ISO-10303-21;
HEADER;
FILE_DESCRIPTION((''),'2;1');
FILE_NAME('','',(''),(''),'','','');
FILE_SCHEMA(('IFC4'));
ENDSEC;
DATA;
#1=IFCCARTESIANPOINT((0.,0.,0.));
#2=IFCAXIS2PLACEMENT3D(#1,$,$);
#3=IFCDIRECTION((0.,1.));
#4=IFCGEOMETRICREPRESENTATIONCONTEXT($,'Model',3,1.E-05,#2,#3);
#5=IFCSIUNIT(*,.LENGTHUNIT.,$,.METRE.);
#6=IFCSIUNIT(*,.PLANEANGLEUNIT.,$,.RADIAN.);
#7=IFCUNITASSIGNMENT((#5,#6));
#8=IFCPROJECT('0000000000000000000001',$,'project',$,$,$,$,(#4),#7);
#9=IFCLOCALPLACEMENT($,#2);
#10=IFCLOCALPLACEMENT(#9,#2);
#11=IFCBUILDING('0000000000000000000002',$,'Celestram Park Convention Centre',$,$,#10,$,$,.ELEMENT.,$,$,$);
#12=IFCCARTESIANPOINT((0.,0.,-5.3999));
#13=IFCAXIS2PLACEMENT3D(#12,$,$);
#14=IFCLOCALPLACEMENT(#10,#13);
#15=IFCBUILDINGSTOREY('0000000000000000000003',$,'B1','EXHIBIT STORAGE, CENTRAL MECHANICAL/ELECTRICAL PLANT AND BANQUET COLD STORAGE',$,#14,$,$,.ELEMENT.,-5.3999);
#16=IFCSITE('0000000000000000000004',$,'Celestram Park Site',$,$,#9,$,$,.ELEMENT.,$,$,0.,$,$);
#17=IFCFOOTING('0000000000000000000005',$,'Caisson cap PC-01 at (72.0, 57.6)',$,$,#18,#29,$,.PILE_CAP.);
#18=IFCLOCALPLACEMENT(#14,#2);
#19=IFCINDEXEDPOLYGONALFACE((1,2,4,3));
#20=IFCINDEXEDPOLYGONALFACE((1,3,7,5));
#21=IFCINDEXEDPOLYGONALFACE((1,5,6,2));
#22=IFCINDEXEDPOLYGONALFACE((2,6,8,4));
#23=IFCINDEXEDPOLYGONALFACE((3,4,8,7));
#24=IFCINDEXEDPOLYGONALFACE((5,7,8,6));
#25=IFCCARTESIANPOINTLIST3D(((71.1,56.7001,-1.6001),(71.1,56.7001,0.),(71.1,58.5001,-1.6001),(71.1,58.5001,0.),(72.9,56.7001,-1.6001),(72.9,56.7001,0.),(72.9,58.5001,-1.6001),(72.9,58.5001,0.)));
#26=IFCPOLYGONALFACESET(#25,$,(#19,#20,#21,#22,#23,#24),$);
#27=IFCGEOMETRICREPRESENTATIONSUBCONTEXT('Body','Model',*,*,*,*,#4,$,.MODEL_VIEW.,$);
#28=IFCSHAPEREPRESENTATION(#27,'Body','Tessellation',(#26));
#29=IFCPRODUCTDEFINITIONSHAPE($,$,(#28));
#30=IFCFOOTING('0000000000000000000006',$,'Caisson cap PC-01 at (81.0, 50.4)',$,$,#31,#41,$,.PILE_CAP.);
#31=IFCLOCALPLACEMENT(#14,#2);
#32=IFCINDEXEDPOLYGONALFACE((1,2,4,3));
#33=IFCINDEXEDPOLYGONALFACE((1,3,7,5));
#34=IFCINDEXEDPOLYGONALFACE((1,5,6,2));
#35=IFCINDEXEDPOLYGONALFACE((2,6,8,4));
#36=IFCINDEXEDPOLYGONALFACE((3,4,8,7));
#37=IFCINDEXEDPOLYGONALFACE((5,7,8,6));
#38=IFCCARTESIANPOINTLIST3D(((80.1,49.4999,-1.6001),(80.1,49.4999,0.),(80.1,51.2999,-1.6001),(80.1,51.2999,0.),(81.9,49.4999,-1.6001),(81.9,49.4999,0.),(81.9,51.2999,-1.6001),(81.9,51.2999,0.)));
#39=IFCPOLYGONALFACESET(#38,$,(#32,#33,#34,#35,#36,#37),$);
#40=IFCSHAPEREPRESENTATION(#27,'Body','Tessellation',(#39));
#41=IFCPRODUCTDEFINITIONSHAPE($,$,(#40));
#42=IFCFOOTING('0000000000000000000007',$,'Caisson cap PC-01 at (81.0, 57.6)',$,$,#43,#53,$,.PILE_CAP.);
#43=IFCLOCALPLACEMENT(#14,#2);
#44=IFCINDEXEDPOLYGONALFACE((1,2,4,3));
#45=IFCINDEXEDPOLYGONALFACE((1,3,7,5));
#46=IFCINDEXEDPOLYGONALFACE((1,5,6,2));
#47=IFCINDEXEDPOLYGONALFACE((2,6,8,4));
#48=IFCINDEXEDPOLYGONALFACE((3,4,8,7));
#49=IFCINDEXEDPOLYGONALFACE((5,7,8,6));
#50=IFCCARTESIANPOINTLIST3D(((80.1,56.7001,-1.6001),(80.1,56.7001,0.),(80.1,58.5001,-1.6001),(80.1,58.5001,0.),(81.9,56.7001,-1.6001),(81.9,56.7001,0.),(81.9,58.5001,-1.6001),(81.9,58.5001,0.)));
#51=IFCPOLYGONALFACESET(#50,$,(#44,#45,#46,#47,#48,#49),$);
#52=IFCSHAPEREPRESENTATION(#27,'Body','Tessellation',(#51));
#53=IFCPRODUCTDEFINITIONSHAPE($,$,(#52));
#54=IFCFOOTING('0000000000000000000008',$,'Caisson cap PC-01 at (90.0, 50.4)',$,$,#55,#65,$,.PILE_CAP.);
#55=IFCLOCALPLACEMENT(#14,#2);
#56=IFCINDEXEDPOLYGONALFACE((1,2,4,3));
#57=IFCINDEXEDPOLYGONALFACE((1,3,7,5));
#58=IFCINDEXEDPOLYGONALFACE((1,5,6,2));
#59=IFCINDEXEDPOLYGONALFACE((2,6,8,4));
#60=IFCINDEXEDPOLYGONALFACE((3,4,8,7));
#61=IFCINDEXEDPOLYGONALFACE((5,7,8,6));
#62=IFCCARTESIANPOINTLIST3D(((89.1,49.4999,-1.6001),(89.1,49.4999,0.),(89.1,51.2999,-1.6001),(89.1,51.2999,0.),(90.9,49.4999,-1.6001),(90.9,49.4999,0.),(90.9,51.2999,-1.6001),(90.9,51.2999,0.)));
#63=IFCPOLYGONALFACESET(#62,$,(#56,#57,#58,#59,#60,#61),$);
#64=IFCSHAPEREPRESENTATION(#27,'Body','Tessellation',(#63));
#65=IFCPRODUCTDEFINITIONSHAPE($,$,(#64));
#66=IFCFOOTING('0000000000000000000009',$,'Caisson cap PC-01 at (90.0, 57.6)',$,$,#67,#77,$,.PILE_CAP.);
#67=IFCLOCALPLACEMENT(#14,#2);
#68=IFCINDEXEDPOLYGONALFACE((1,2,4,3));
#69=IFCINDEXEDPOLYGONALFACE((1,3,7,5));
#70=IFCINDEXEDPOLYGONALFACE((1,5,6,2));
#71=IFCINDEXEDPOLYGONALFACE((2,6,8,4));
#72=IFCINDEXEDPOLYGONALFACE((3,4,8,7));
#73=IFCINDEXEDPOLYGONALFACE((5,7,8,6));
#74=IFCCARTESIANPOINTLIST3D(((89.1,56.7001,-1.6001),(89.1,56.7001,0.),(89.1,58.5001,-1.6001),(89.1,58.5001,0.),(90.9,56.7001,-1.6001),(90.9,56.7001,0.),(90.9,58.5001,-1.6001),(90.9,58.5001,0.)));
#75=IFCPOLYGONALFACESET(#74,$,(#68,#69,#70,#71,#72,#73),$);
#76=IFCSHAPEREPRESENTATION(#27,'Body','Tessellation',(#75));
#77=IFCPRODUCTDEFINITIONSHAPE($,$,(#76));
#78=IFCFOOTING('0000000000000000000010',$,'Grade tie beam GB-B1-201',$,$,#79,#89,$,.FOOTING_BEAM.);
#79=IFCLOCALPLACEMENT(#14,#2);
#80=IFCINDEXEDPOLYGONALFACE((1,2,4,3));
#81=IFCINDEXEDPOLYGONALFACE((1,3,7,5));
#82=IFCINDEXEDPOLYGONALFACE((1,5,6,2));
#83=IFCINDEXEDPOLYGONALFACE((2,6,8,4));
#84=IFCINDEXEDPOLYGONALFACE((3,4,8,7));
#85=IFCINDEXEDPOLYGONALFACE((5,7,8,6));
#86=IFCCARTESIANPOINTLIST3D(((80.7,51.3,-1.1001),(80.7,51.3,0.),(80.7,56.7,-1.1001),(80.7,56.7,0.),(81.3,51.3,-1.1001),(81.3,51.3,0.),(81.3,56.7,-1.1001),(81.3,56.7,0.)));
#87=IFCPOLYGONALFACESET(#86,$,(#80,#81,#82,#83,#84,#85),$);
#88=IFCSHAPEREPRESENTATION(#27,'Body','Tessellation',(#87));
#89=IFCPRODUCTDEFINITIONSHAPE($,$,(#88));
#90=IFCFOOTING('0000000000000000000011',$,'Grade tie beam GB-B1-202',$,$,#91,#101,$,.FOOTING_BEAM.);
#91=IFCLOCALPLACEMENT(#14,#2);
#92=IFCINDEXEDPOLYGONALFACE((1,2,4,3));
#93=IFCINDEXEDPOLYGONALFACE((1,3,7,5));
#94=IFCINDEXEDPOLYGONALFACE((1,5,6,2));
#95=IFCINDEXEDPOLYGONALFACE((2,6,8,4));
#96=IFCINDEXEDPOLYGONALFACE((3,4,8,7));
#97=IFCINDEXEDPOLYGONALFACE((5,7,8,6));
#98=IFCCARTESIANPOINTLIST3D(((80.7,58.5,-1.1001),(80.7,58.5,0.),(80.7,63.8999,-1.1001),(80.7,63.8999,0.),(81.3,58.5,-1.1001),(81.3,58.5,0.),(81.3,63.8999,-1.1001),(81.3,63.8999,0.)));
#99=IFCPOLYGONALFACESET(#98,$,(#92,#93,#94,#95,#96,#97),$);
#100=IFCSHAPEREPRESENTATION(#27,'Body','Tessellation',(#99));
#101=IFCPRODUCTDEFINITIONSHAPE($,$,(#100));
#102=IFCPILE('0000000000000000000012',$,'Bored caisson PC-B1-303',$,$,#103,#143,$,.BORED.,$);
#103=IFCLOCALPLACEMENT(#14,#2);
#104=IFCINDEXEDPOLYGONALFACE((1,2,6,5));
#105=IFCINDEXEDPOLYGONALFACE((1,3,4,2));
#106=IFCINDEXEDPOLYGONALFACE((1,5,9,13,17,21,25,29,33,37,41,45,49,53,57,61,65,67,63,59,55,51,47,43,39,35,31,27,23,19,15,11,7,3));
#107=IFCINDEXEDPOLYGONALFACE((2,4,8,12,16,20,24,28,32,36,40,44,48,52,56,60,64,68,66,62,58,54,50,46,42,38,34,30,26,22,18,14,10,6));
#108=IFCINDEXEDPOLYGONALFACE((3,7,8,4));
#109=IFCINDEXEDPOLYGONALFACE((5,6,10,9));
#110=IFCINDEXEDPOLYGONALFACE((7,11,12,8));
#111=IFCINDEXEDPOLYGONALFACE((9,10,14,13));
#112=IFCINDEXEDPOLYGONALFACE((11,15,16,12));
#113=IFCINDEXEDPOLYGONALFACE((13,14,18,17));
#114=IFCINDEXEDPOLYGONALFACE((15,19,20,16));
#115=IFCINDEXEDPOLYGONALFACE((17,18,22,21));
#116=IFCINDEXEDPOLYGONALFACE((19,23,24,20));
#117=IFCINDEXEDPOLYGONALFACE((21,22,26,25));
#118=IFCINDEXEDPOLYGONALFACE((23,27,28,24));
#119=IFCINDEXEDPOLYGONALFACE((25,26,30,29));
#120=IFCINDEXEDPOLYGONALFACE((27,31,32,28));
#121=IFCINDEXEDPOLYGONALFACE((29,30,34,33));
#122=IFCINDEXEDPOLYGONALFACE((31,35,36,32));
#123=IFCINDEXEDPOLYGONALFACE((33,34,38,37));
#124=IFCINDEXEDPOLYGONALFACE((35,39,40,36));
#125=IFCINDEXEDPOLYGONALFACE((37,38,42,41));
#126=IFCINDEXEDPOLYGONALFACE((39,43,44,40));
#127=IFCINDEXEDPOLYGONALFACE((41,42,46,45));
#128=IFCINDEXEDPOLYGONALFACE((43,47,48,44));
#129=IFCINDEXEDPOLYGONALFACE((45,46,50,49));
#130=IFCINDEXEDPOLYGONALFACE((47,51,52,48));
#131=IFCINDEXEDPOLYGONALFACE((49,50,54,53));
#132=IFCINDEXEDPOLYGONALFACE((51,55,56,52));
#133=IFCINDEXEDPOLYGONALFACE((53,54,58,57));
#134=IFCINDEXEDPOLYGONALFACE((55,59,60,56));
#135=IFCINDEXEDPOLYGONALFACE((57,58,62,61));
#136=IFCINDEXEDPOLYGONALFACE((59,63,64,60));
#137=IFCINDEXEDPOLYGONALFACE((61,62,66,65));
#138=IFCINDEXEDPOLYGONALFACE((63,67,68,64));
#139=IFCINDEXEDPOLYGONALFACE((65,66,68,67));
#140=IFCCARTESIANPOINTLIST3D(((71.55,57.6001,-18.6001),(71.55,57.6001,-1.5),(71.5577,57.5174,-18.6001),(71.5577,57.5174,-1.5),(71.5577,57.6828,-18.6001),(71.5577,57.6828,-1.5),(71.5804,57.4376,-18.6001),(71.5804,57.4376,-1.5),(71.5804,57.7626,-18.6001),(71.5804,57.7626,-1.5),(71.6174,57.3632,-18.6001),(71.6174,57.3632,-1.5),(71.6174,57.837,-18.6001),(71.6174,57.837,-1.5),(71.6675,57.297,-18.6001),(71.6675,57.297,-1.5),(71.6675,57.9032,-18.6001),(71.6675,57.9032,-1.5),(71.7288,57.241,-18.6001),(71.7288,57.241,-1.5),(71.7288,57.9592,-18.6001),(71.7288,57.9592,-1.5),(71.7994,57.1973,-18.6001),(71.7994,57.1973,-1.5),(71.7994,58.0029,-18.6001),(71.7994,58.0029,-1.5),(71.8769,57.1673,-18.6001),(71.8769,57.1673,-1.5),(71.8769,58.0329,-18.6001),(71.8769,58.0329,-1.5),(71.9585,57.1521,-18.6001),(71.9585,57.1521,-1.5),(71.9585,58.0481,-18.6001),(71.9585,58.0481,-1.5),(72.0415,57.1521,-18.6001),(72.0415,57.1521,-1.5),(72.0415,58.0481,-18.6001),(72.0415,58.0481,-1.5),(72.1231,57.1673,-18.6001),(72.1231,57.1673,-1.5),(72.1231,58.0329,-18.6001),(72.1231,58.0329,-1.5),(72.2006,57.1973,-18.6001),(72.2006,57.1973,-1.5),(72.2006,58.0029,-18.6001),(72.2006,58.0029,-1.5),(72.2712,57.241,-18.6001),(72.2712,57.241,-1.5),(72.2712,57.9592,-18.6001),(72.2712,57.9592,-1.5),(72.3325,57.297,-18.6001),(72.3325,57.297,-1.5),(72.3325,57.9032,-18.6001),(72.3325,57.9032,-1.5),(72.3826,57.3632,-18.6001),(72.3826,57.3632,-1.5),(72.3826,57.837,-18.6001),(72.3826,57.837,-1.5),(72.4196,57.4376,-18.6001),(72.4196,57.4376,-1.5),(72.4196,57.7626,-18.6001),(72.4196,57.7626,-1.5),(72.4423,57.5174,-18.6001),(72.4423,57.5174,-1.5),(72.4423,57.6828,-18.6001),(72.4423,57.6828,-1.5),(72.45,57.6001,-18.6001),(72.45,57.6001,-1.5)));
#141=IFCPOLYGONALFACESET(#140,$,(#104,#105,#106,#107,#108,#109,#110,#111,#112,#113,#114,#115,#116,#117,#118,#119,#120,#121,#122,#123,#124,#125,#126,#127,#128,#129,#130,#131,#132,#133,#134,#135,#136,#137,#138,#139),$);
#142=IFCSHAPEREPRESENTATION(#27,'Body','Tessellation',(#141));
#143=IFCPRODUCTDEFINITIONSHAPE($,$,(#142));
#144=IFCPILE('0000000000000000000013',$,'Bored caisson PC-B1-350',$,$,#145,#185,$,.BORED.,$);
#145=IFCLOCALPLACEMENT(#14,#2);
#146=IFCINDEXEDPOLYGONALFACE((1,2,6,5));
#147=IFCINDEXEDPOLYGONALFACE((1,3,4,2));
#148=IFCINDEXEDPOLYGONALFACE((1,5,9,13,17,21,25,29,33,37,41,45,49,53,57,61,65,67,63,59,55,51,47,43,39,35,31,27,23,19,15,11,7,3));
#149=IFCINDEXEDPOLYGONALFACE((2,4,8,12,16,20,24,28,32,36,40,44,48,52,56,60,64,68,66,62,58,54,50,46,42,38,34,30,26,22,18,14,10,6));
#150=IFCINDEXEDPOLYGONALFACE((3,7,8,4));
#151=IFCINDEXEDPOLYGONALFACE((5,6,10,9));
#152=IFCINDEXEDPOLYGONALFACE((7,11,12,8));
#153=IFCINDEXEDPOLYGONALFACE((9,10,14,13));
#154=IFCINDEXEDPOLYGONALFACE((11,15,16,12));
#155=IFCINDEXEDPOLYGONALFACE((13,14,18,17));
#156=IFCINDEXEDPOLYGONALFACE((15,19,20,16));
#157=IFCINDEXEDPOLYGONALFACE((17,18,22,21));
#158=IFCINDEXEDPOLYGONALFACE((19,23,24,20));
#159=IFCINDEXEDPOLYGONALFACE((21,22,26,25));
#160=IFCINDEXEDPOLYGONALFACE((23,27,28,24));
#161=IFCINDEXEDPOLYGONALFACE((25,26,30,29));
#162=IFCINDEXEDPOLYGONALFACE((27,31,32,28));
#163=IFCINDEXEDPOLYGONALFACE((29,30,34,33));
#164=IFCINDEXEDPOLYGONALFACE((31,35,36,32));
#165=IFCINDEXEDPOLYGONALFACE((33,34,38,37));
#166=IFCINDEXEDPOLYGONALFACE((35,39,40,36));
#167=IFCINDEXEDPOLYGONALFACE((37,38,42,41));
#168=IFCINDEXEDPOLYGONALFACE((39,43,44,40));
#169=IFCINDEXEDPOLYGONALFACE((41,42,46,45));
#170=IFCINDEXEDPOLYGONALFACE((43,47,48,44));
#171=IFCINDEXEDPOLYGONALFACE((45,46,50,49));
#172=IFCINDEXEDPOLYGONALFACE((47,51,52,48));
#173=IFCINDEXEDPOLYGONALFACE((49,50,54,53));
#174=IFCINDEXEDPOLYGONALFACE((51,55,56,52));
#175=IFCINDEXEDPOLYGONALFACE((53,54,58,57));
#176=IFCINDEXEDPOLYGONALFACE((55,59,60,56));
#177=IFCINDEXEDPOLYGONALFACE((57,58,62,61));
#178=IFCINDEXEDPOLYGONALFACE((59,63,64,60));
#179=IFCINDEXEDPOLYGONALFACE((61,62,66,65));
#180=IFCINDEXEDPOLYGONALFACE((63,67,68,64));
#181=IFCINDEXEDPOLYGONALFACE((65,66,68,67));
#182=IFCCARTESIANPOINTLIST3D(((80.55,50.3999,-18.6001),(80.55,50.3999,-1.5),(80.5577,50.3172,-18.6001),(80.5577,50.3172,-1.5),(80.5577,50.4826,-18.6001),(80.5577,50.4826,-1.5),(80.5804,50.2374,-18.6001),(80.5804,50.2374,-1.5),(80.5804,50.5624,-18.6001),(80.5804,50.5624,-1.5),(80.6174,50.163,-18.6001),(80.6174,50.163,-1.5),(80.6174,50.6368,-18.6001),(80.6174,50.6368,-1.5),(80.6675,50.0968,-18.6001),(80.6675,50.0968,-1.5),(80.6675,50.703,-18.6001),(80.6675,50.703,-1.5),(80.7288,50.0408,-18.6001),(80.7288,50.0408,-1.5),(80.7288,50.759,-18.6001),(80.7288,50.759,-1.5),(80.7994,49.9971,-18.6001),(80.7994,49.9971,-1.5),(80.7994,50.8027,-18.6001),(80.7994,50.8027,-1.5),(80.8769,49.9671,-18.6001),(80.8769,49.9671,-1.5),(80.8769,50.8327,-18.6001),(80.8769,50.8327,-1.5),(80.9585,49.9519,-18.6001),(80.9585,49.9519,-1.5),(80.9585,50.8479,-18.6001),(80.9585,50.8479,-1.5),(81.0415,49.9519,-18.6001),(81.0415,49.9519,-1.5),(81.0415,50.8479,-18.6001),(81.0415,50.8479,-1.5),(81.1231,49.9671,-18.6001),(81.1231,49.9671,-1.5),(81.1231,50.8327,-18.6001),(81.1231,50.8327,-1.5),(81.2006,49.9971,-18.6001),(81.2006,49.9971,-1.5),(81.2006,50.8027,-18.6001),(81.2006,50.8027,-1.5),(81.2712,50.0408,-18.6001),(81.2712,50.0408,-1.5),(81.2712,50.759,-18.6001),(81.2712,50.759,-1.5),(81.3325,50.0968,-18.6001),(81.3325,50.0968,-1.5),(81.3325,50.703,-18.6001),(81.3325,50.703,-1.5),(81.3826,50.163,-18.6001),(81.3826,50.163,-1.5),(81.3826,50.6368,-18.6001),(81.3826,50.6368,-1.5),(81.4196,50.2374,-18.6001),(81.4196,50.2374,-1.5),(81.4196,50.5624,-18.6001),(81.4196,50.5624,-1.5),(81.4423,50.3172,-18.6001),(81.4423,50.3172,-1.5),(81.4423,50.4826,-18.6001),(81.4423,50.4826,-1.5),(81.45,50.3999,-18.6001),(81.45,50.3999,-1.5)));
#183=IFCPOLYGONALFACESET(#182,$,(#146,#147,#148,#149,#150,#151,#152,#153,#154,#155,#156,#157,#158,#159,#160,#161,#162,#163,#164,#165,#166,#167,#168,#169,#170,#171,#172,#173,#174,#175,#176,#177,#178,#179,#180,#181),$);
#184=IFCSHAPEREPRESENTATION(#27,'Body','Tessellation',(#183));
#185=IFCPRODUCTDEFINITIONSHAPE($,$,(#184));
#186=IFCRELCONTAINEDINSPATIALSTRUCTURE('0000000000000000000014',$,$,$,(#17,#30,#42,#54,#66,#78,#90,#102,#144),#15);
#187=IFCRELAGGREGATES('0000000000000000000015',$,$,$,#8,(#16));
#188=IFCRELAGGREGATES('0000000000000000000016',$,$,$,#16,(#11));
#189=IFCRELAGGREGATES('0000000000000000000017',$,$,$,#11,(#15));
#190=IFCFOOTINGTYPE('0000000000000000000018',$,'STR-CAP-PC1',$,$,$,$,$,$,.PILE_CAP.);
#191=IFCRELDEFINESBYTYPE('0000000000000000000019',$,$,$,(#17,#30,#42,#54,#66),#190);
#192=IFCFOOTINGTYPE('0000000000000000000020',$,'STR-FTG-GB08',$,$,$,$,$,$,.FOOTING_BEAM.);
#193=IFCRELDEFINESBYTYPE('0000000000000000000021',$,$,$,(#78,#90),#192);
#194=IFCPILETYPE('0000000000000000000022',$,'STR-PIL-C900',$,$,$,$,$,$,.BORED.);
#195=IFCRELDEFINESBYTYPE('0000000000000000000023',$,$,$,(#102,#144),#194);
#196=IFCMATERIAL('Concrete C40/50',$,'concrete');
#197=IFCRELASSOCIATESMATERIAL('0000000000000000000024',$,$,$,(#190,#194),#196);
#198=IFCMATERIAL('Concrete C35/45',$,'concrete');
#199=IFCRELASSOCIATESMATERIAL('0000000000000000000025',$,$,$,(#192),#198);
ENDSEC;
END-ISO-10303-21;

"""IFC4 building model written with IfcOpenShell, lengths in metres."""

from ifc_helpers import new_model, si_unit, direction, frame, origin, origin_2d, place, context, subcontext, project, spatial, rectangle, circle, extrude, material, material_profile, profile_set, type_object, element, save


model = new_model("IFC4")

# Units and contexts
model_context = context("Model", 3, precision=1e-05, world=origin(), true_north=direction((0.0, 1.0)))
body_context = subcontext(model_context, "Body", "Model", "MODEL_VIEW")
ifc_project = project(units=[si_unit("LENGTHUNIT", "METRE"), si_unit("PLANEANGLEUNIT", "RADIAN")], contexts=[model_context])

# Site, building, storey
site_placement = place(None, origin())
site = spatial("IfcSite", under=ifc_project, at=site_placement, Name="Celestram Park Site", CompositionType="ELEMENT", RefElevation=0.0)
building_placement = place(site_placement, origin())
building = spatial("IfcBuilding", under=site, at=building_placement, Name="Celestram Park Convention Centre", CompositionType="ELEMENT")
storey_placement = place(building_placement, frame((0.0, 0.0, -5.3999)))
storey = spatial("IfcBuildingStorey", under=building, at=storey_placement, Name="B1", Description="EXHIBIT STORAGE, CENTRAL MECHANICAL/ELECTRICAL PLANT AND BANQUET COLD STORAGE", CompositionType="ELEMENT", Elevation=-5.3999)

# Footings
ifc_material_1 = material(Name="Concrete C40/50", Category="concrete")
footing_type_1 = type_object("IfcFootingType", Name="STR-CAP-PC1", PredefinedType="PILE_CAP", material=ifc_material_1)
for number, where, z_axis, x_axis, name in (
    (1, (72.0, 57.6001, -1.6001), (0.0, 0.0, 1.0), (1.0, 0.0, 0.0), "Caisson cap PC-01 at (72.0, 57.6)"),
    (2, (81.0, 50.3999, -1.6001), (0.0, 0.0, 1.0), (1.0, 0.0, 0.0), "Caisson cap PC-01 at (81.0, 50.4)"),
    (3, (81.0, 57.6001, -1.6001), (0.0, 0.0, 1.0), (1.0, 0.0, 0.0), "Caisson cap PC-01 at (81.0, 57.6)"),
    (4, (90.0, 50.3999, -1.6001), (0.0, 0.0, 1.0), (1.0, 0.0, 0.0), "Caisson cap PC-01 at (90.0, 50.4)"),
    (5, (90.0, 57.6001, -1.6001), (0.0, 0.0, 1.0), (1.0, 0.0, 0.0), "Caisson cap PC-01 at (90.0, 57.6)"),
):
    element("IfcFooting", number, at=place(storey_placement, frame(where, z_axis=z_axis, x_axis=x_axis)), inside=storey, type_object=footing_type_1, Name=name, PredefinedType="PILE_CAP", context=body_context, shape_type="SweptSolid", body=[
        extrude(rectangle(XDim=1.8, YDim=1.8, at=origin_2d()), origin(), (0.0, 0.0, 1.0), 1.6001),
    ])
ifc_material_2 = material(Name="Concrete C35/45", Category="concrete")
footing_type_2 = type_object("IfcFootingType", Name="STR-FTG-GB08", PredefinedType="FOOTING_BEAM", material=ifc_material_2)
for number, where, z_axis, x_axis, name in (
    (6, (81.0, 54.0, -1.1001), (0.0, 0.0, 1.0), (0.0, 1.0, 0.0), "Grade tie beam GB-B1-201"),
    (7, (81.0, 61.2, -1.1001), (0.0, 0.0, 1.0), (0.0, 1.0, 0.0), "Grade tie beam GB-B1-202"),
):
    element("IfcFooting", number, at=place(storey_placement, frame(where, z_axis=z_axis, x_axis=x_axis)), inside=storey, type_object=footing_type_2, Name=name, PredefinedType="FOOTING_BEAM", context=body_context, shape_type="SweptSolid", body=[
        extrude(rectangle(XDim=5.3999, YDim=0.6001, at=origin_2d()), origin(), (0.0, 0.0, 1.0), 1.1001),
    ])

# Piles
ifc_material_profile_1 = material_profile(ifc_material_1, circle(Radius=0.45, at=origin_2d()), Name="CAISSON900")
ifc_profile_set_1 = profile_set([ifc_material_profile_1], Name="Concrete C40/50")
pile_type = type_object("IfcPileType", Name="STR-PIL-C900", PredefinedType="BORED", material=ifc_profile_set_1)
for number, where, z_axis, x_axis, name in (
    (8, (72.0, 57.6001, -1.5), (0.0, 0.0, -1.0), (1.0, 0.0, 0.0), "Bored caisson PC-B1-303"),
    (9, (81.0, 50.3999, -1.5), (0.0, 0.0, -1.0), (1.0, 0.0, 0.0), "Bored caisson PC-B1-350"),
):
    element("IfcPile", number, at=place(storey_placement, frame(where, z_axis=z_axis, x_axis=x_axis)), inside=storey, type_object=pile_type, Name=name, PredefinedType="BORED", context=body_context, shape_type="SweptSolid", body=[
        extrude(circle(Radius=0.45, at=origin_2d()), origin(), (0.0, 0.0, 1.0), 17.1001),
    ])

save(model, "model.ifc")
